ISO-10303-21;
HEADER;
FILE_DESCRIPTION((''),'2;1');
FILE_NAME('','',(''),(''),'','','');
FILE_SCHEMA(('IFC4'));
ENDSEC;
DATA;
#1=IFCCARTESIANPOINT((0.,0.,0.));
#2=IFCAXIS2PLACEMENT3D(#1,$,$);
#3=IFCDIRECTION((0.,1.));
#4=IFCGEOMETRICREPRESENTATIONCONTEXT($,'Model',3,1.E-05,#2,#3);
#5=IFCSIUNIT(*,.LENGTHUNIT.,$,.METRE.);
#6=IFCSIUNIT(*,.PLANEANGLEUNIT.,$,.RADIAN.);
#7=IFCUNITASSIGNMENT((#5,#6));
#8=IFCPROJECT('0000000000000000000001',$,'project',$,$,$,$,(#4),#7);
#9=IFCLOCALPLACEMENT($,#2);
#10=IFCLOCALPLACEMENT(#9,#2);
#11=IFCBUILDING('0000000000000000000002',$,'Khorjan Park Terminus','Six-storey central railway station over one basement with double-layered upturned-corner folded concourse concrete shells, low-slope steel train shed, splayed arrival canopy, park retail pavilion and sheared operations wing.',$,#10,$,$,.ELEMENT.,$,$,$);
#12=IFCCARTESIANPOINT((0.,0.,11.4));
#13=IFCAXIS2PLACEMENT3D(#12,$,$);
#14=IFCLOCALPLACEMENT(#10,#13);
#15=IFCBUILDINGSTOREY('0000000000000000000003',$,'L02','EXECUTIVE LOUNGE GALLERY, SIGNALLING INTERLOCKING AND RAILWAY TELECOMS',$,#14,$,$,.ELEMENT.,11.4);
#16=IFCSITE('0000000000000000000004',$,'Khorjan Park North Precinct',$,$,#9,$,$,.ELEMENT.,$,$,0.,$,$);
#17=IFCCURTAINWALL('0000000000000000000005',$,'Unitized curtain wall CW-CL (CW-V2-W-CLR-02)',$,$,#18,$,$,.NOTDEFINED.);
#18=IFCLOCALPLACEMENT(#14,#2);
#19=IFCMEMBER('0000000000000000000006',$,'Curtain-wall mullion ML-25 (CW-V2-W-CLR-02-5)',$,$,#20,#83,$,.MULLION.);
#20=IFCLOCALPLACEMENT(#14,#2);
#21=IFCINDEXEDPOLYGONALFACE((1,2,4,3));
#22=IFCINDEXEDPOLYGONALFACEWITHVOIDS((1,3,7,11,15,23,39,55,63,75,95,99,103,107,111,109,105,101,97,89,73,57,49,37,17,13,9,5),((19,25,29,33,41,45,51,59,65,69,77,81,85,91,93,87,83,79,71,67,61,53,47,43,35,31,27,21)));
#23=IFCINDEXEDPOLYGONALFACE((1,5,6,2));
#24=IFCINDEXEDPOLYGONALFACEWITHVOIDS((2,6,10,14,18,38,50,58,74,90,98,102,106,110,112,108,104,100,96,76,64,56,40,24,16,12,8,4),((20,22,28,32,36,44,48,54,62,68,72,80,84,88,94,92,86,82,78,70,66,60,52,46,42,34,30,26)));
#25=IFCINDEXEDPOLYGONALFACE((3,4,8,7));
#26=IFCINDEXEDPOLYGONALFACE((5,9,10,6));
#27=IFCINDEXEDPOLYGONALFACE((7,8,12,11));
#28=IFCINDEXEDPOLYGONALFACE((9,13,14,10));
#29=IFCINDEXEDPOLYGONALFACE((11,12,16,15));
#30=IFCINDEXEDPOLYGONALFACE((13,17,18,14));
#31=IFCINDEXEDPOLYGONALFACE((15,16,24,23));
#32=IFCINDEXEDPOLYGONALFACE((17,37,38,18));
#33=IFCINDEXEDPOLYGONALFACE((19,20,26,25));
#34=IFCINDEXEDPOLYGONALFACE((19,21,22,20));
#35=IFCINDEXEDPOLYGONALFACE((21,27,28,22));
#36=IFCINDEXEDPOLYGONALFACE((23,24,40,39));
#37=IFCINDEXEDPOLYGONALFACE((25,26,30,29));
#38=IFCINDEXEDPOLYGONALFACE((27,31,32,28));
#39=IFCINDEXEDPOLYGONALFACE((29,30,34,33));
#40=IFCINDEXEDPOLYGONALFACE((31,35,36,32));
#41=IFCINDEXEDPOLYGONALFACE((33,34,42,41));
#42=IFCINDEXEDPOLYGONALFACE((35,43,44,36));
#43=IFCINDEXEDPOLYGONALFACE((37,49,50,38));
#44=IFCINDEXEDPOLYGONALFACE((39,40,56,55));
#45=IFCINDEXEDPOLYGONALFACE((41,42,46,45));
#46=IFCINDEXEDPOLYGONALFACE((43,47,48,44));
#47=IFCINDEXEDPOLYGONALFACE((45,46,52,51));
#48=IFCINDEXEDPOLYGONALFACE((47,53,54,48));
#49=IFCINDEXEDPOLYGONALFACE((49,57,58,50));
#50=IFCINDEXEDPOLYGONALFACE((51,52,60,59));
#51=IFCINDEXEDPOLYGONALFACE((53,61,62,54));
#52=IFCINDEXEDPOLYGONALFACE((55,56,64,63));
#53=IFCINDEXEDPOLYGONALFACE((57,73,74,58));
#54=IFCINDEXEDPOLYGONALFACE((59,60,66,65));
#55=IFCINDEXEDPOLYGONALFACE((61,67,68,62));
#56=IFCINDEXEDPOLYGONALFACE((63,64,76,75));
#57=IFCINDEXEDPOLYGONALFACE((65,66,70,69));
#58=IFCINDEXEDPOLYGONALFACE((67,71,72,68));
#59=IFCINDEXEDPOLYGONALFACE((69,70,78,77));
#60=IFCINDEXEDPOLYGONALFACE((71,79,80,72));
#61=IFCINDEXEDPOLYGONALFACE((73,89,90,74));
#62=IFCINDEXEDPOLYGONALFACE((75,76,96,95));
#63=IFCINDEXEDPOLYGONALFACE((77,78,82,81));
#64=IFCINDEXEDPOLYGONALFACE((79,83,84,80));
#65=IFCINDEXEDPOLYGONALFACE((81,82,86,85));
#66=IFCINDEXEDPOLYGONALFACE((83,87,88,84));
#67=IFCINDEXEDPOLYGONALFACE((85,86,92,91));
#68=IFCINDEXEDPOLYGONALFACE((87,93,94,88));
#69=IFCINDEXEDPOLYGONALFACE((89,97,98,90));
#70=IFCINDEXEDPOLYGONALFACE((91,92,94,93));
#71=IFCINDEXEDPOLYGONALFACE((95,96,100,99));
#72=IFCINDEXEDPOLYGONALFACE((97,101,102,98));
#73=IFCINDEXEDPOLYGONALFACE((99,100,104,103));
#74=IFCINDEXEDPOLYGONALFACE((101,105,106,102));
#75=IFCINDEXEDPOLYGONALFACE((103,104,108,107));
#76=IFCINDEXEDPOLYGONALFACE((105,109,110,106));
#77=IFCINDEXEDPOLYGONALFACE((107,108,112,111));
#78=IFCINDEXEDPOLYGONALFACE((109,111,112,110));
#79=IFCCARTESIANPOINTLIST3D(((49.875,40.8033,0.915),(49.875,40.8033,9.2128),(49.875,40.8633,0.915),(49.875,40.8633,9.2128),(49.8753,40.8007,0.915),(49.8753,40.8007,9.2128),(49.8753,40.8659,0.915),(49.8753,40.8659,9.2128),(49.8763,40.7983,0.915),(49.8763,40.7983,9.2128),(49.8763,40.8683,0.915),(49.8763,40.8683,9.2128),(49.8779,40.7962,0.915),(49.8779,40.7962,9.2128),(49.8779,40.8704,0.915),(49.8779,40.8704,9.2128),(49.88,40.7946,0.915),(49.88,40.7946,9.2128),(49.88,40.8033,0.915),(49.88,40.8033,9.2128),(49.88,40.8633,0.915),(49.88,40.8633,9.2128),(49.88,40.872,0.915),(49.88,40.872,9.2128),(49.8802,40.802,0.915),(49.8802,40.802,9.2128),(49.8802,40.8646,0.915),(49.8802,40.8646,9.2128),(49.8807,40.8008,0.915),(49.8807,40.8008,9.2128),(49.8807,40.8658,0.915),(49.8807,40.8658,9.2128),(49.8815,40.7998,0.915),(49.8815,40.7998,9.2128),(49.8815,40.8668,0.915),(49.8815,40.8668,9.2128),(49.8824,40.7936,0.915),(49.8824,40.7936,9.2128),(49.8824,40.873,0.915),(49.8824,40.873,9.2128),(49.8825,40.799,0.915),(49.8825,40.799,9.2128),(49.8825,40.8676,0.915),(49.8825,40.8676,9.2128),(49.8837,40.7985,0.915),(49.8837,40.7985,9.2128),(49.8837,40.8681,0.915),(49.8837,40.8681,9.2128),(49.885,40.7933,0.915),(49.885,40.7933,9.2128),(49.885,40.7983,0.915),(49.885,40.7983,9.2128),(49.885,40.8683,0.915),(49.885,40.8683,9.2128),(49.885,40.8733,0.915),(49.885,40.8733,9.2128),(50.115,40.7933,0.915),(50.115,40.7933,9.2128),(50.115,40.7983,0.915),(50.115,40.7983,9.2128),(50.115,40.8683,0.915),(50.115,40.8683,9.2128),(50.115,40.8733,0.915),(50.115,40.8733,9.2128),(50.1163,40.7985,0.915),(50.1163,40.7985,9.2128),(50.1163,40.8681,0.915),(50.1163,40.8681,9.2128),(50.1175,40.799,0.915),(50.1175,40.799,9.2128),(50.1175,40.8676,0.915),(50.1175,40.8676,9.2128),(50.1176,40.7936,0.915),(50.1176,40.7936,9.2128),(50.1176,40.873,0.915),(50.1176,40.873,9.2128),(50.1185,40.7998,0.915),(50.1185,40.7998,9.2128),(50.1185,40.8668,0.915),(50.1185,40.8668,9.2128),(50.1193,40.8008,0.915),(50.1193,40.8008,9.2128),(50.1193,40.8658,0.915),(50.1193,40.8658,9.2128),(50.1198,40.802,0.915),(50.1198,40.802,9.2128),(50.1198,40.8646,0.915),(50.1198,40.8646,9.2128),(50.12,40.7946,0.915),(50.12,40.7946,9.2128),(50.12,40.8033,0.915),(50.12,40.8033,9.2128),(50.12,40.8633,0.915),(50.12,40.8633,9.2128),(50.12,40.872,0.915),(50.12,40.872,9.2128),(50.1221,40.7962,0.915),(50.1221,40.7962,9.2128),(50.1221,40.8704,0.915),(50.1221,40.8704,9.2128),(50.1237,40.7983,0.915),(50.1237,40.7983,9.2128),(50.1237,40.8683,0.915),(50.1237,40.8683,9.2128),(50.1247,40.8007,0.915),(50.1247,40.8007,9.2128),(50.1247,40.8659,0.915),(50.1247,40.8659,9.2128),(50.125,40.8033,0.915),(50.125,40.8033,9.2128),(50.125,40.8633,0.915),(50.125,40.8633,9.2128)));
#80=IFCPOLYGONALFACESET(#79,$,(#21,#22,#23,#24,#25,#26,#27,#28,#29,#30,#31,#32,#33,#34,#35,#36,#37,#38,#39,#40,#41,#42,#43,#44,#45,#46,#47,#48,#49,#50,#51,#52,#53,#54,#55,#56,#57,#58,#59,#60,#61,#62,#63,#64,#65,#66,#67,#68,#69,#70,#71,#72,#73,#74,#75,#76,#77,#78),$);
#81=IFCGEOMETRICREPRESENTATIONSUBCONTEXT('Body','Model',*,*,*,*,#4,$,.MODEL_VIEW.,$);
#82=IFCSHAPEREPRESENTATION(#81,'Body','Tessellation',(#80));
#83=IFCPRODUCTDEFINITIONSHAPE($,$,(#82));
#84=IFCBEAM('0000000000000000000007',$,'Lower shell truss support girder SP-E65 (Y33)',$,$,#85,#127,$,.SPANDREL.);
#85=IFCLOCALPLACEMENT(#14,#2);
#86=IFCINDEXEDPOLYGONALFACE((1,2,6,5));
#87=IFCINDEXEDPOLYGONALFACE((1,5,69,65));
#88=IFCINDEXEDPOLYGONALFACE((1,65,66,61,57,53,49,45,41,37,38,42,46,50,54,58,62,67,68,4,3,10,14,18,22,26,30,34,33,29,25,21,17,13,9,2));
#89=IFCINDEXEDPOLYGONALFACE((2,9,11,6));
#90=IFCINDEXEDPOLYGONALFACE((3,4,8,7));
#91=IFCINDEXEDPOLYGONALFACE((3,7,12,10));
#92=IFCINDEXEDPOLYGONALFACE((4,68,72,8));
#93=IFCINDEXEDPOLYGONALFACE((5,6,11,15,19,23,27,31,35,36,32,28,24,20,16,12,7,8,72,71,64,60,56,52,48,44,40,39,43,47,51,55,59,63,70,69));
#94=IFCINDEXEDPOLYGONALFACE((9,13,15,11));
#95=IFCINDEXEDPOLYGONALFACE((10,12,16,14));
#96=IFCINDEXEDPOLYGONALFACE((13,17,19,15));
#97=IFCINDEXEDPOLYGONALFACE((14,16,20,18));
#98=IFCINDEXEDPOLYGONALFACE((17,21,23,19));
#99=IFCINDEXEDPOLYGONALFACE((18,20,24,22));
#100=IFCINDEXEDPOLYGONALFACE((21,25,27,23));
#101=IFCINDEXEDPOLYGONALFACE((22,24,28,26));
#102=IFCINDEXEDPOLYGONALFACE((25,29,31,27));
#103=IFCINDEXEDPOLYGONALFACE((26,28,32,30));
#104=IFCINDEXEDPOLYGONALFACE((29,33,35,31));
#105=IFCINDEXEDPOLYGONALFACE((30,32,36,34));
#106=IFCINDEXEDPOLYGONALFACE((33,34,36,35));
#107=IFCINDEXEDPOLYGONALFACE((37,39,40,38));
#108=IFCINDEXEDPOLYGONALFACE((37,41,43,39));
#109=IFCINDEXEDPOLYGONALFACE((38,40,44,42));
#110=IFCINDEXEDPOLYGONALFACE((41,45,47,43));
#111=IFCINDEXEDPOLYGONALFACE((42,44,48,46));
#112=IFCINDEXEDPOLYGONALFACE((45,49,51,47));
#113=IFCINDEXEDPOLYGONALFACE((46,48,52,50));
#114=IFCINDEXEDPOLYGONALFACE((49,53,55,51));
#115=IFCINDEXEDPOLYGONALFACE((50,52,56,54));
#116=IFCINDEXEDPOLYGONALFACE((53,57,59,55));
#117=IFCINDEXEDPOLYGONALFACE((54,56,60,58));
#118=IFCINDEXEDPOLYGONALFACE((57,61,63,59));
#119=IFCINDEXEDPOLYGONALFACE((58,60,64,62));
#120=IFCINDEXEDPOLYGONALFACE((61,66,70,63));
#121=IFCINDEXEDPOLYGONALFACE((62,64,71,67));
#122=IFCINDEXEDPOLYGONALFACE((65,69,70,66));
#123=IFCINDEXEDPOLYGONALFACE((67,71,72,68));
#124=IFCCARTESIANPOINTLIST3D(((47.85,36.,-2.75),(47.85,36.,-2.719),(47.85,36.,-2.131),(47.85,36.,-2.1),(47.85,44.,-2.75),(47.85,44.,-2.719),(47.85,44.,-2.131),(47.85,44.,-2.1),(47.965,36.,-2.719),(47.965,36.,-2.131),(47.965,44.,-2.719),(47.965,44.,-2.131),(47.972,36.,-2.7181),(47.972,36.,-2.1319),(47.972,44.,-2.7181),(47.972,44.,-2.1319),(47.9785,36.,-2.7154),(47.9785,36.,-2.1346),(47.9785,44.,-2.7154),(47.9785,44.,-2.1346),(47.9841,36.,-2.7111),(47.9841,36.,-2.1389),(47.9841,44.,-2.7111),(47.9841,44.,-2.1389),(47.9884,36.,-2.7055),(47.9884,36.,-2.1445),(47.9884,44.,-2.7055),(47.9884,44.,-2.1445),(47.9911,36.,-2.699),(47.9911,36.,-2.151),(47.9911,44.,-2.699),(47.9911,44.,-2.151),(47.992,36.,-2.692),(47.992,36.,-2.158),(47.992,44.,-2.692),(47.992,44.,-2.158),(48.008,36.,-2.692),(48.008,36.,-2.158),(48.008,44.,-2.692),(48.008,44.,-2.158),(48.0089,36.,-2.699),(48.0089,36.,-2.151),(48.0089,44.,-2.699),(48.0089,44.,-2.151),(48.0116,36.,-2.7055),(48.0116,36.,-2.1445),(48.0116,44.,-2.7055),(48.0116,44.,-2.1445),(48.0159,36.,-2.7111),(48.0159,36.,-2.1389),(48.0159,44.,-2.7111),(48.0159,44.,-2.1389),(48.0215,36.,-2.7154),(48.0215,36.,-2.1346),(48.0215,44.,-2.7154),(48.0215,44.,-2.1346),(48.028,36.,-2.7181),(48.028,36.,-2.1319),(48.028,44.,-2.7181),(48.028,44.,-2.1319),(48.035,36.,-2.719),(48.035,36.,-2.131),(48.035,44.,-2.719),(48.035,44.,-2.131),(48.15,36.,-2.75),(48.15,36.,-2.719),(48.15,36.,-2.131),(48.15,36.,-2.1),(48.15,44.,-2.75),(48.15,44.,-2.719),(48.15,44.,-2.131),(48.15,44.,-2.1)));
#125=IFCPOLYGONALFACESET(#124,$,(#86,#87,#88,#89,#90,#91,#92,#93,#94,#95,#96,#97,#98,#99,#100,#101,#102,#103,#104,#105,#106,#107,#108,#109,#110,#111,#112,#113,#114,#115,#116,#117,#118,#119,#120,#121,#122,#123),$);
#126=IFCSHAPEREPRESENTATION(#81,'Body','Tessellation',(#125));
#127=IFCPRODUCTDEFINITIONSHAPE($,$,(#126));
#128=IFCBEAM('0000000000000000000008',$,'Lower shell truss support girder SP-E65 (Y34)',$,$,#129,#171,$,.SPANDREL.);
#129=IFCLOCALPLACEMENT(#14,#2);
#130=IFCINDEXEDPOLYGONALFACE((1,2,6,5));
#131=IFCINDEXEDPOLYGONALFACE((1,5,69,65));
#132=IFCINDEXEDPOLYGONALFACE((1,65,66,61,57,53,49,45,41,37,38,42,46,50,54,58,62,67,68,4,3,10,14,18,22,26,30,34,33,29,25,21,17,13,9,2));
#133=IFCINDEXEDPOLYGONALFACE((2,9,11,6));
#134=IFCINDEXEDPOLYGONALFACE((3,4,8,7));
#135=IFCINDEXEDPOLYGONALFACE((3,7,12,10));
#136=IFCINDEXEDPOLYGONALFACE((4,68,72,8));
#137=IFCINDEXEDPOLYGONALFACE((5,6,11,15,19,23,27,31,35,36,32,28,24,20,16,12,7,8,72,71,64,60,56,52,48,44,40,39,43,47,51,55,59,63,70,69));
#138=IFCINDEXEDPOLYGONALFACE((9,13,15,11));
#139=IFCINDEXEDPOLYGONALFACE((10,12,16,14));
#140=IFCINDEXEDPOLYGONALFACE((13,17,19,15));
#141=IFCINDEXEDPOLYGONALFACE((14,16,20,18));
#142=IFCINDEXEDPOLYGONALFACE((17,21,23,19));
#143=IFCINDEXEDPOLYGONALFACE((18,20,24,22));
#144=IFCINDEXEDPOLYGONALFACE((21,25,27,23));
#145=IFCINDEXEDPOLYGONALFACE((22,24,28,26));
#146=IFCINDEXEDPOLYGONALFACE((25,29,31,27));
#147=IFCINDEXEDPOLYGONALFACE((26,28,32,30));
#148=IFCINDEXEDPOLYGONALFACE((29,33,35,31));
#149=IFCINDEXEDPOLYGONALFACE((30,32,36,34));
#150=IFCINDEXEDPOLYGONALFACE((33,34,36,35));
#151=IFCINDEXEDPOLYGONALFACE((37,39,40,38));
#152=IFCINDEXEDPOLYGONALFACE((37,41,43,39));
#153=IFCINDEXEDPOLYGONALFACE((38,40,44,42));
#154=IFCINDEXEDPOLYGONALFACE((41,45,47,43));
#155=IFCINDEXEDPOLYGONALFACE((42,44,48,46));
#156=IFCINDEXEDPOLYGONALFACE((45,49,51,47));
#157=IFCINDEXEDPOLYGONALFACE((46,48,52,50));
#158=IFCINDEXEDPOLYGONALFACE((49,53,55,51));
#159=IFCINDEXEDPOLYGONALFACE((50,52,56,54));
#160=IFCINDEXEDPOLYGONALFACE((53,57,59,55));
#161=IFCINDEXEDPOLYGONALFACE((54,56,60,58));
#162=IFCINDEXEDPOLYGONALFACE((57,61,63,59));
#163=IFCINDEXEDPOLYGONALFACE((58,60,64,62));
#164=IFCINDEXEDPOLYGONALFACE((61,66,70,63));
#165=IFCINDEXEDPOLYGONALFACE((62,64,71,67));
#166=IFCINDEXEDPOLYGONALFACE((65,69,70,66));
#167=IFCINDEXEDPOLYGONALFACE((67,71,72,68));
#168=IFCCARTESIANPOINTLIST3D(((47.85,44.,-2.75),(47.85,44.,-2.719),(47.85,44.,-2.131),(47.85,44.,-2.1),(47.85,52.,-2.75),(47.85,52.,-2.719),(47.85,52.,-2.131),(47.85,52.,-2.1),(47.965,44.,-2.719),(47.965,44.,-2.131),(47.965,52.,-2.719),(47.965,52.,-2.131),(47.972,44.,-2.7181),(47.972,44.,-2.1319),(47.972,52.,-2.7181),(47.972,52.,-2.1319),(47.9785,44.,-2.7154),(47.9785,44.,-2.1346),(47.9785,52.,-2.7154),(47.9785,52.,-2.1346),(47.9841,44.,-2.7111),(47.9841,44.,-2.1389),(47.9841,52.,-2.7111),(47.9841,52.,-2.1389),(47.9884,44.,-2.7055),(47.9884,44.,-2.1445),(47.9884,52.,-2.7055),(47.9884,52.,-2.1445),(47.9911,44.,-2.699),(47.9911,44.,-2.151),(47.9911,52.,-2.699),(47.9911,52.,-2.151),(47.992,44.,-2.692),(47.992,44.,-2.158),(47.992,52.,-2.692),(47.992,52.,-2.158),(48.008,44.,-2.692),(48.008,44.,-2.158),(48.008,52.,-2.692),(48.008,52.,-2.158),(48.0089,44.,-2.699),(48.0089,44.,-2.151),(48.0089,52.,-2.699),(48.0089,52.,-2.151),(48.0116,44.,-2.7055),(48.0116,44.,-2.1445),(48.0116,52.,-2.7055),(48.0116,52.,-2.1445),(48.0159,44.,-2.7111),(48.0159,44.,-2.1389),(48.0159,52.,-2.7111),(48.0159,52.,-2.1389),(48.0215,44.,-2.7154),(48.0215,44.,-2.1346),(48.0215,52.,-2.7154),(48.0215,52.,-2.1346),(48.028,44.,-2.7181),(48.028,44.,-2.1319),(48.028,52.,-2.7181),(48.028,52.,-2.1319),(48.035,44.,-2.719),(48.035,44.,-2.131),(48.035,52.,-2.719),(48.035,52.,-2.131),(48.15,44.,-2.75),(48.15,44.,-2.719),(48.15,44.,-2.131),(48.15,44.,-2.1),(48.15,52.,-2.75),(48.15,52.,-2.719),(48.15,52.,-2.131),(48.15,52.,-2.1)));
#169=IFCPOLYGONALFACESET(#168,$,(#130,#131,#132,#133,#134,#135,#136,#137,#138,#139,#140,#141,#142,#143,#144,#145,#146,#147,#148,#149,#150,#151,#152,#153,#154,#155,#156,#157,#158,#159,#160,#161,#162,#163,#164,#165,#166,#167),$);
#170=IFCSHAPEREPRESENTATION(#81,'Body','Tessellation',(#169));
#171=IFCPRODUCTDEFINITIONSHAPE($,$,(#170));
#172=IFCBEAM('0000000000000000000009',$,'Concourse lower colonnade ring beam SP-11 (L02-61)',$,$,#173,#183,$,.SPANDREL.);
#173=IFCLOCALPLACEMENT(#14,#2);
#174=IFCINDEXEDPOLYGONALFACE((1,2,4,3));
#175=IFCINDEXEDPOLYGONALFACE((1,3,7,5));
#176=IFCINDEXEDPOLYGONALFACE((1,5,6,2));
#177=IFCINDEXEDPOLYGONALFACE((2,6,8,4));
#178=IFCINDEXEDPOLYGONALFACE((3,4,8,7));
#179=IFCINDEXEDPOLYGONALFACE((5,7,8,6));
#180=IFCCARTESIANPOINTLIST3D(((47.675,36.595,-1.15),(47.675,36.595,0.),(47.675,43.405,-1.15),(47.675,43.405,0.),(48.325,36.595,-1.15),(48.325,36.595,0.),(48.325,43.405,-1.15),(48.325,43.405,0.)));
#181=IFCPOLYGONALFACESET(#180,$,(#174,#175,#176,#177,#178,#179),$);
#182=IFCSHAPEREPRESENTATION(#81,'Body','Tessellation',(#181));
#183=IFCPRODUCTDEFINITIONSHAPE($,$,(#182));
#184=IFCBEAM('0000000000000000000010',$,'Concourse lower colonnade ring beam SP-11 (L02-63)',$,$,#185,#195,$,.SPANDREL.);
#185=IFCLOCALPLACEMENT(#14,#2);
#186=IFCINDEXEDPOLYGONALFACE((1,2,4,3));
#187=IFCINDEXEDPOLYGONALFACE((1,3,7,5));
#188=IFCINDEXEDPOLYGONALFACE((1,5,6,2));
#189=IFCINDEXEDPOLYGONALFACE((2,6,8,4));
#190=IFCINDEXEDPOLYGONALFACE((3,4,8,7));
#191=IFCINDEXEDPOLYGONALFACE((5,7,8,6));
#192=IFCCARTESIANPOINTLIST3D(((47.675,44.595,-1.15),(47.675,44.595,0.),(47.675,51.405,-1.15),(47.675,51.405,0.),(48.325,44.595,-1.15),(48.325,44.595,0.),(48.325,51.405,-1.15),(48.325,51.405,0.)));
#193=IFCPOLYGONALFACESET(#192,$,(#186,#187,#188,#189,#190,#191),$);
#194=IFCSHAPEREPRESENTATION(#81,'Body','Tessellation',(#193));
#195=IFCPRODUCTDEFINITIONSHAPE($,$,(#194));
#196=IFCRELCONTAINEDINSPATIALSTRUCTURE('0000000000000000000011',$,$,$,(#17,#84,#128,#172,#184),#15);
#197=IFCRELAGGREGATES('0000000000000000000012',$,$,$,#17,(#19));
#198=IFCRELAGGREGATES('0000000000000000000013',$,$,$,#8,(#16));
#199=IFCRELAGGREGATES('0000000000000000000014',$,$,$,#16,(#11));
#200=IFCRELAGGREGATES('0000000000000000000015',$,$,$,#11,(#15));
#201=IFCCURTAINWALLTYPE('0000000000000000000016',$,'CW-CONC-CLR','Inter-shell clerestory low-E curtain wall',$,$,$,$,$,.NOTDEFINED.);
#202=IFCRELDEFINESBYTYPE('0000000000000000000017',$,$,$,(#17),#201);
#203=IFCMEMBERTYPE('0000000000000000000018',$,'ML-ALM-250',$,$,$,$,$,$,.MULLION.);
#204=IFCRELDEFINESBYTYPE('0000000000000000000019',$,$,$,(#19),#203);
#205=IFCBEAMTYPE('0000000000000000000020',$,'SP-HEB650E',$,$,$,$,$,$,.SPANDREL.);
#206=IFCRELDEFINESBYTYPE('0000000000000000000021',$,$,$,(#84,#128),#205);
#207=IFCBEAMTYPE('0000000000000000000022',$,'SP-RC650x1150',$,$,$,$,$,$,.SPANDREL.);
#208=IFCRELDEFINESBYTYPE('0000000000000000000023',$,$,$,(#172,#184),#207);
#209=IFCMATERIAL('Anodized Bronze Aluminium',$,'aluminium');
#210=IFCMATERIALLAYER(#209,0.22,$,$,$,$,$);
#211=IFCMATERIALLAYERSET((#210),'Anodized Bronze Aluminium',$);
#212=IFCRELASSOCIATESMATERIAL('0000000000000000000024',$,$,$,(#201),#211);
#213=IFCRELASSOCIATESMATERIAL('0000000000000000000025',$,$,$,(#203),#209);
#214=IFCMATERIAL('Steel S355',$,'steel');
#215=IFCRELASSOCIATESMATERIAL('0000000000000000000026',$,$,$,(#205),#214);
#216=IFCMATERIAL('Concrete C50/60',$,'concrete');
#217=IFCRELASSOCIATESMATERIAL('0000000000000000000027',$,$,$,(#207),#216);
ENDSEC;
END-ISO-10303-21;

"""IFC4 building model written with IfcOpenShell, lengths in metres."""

from ifc_helpers import new_model, si_unit, direction, frame, origin, origin_2d, place, context, subcontext, project, spatial, rectangle, hollow_rectangle, i_section, extrude, material, layer, layer_set, material_profile, profile_set, type_object, element, aggregate, save


model = new_model("IFC4")

# Units and contexts
model_context = context("Model", 3, precision=1e-05, world=origin(), true_north=direction((0.0, 1.0)))
body_context = subcontext(model_context, "Body", "Model", "MODEL_VIEW")
ifc_project = project(units=[si_unit("LENGTHUNIT", "METRE"), si_unit("PLANEANGLEUNIT", "RADIAN")], contexts=[model_context])

# Site, building, storey
site_placement = place(None, origin())
site = spatial("IfcSite", under=ifc_project, at=site_placement, Name="Khorjan Park North Precinct", CompositionType="ELEMENT", RefElevation=0.0)
building_placement = place(site_placement, origin())
building = spatial("IfcBuilding", under=site, at=building_placement, Name="Khorjan Park Terminus", Description="Six-storey central railway station over one basement with double-layered upturned-corner folded concourse concrete shells, low-slope steel train shed, splayed arrival canopy, park retail pavilion and sheared operations wing.", CompositionType="ELEMENT")
storey_placement = place(building_placement, frame((0.0, 0.0, 11.4)))
storey = spatial("IfcBuildingStorey", under=building, at=storey_placement, Name="L02", Description="EXECUTIVE LOUNGE GALLERY, SIGNALLING INTERLOCKING AND RAILWAY TELECOMS", CompositionType="ELEMENT", Elevation=11.4)

# Shared definitions
ifc_material_1 = material(Name="Concrete C50/60", Category="concrete")

# Shared definitions
ifc_material_2 = material(Name="Steel S355", Category="steel")

# Curtain wall, member
ifc_material_3 = material(Name="Anodized Bronze Aluminium", Category="aluminium")
ifc_layer_1 = layer(ifc_material_3, 0.22)
ifc_layer_set_1 = layer_set([ifc_layer_1], Name="Anodized Bronze Aluminium")
curtain_wall_type = type_object("IfcCurtainWallType", Name="CW-CONC-CLR", Description="Inter-shell clerestory low-E curtain wall", PredefinedType="NOTDEFINED", material=ifc_layer_set_1)
curtain_wall_placement = place(storey_placement, origin())
curtain_wall = element("IfcCurtainWall", 1, at=curtain_wall_placement, inside=storey, type_object=curtain_wall_type, Name="Unitized curtain wall CW-CL (CW-V2-W-CLR-02)", PredefinedType="NOTDEFINED")
ifc_material_profile_1 = material_profile(ifc_material_3, hollow_rectangle(XDim=0.08, YDim=0.25, WallThickness=0.005, InnerFilletRadius=0.005, OuterFilletRadius=0.01, at=origin_2d()), Name="ALM 80x250x5")
ifc_profile_set_1 = profile_set([ifc_material_profile_1], Name="Anodized Bronze Aluminium")
member_type_1 = type_object("IfcMemberType", Name="ML-ALM-250", PredefinedType="MULLION", material=ifc_profile_set_1)
member_1_placement = place(storey_placement, frame((50.0, 40.8333, 0.915), z_axis=(0.0, 0.0, 1.0), x_axis=(0.0, -1.0, 0.0)))
member_1 = element("IfcMember", 2, at=member_1_placement, type_object=member_type_1, Name="Curtain-wall mullion ML-25 (CW-V2-W-CLR-02-5)", PredefinedType="MULLION", context=body_context, shape_type="SweptSolid", body=[
    extrude(hollow_rectangle(XDim=0.08, YDim=0.25, WallThickness=0.005, InnerFilletRadius=0.005, OuterFilletRadius=0.01, at=origin_2d()), origin(), (0.0, 0.0, 1.0), 8.2978),
])

# Beams
ifc_material_profile_2 = material_profile(ifc_material_2, i_section(OverallWidth=0.3, OverallDepth=0.65, WebThickness=0.016, FlangeThickness=0.031, FilletRadius=0.027, at=origin_2d()), Name="HEB 650")
ifc_profile_set_2 = profile_set([ifc_material_profile_2], Name="Steel S355")
beam_type_1 = type_object("IfcBeamType", Name="SP-HEB650E", PredefinedType="SPANDREL", material=ifc_profile_set_2)
for number, where, z_axis, x_axis, name in (
    (3, (48.0, 36.0, -2.425), (0.0, 1.0, 0.0), (-1.0, 0.0, 0.0), "Lower shell truss support girder SP-E65 (Y33)"),
    (4, (48.0, 44.0, -2.425), (0.0, 1.0, 0.0), (-1.0, 0.0, 0.0), "Lower shell truss support girder SP-E65 (Y34)"),
):
    element("IfcBeam", number, at=place(storey_placement, frame(where, z_axis=z_axis, x_axis=x_axis)), inside=storey, type_object=beam_type_1, Name=name, PredefinedType="SPANDREL", context=body_context, shape_type="SweptSolid", body=[
        extrude(i_section(OverallWidth=0.3, OverallDepth=0.65, WebThickness=0.016, FlangeThickness=0.031, FilletRadius=0.027, at=origin_2d()), origin(), (0.0, 0.0, 1.0), 8.0),
    ])
ifc_material_profile_3 = material_profile(ifc_material_1, rectangle(XDim=0.65, YDim=1.15, at=origin_2d()), Name="RC 650x1150")
ifc_profile_set_3 = profile_set([ifc_material_profile_3], Name="Concrete C50/60")
beam_type_2 = type_object("IfcBeamType", Name="SP-RC650x1150", PredefinedType="SPANDREL", material=ifc_profile_set_3)
for number, where, z_axis, x_axis, name in (
    (5, (48.0, 36.595, -0.575), (0.0, 1.0, 0.0), (-1.0, 0.0, 0.0), "Concourse lower colonnade ring beam SP-11 (L02-61)"),
    (6, (48.0, 44.595, -0.575), (0.0, 1.0, 0.0), (-1.0, 0.0, 0.0), "Concourse lower colonnade ring beam SP-11 (L02-63)"),
):
    element("IfcBeam", number, at=place(storey_placement, frame(where, z_axis=z_axis, x_axis=x_axis)), inside=storey, type_object=beam_type_2, Name=name, PredefinedType="SPANDREL", context=body_context, shape_type="SweptSolid", body=[
        extrude(rectangle(XDim=0.65, YDim=1.15, at=origin_2d()), origin(), (0.0, 0.0, 1.0), 6.81),
    ])

aggregate(curtain_wall, [member_1])

save(model, "model.ifc")
